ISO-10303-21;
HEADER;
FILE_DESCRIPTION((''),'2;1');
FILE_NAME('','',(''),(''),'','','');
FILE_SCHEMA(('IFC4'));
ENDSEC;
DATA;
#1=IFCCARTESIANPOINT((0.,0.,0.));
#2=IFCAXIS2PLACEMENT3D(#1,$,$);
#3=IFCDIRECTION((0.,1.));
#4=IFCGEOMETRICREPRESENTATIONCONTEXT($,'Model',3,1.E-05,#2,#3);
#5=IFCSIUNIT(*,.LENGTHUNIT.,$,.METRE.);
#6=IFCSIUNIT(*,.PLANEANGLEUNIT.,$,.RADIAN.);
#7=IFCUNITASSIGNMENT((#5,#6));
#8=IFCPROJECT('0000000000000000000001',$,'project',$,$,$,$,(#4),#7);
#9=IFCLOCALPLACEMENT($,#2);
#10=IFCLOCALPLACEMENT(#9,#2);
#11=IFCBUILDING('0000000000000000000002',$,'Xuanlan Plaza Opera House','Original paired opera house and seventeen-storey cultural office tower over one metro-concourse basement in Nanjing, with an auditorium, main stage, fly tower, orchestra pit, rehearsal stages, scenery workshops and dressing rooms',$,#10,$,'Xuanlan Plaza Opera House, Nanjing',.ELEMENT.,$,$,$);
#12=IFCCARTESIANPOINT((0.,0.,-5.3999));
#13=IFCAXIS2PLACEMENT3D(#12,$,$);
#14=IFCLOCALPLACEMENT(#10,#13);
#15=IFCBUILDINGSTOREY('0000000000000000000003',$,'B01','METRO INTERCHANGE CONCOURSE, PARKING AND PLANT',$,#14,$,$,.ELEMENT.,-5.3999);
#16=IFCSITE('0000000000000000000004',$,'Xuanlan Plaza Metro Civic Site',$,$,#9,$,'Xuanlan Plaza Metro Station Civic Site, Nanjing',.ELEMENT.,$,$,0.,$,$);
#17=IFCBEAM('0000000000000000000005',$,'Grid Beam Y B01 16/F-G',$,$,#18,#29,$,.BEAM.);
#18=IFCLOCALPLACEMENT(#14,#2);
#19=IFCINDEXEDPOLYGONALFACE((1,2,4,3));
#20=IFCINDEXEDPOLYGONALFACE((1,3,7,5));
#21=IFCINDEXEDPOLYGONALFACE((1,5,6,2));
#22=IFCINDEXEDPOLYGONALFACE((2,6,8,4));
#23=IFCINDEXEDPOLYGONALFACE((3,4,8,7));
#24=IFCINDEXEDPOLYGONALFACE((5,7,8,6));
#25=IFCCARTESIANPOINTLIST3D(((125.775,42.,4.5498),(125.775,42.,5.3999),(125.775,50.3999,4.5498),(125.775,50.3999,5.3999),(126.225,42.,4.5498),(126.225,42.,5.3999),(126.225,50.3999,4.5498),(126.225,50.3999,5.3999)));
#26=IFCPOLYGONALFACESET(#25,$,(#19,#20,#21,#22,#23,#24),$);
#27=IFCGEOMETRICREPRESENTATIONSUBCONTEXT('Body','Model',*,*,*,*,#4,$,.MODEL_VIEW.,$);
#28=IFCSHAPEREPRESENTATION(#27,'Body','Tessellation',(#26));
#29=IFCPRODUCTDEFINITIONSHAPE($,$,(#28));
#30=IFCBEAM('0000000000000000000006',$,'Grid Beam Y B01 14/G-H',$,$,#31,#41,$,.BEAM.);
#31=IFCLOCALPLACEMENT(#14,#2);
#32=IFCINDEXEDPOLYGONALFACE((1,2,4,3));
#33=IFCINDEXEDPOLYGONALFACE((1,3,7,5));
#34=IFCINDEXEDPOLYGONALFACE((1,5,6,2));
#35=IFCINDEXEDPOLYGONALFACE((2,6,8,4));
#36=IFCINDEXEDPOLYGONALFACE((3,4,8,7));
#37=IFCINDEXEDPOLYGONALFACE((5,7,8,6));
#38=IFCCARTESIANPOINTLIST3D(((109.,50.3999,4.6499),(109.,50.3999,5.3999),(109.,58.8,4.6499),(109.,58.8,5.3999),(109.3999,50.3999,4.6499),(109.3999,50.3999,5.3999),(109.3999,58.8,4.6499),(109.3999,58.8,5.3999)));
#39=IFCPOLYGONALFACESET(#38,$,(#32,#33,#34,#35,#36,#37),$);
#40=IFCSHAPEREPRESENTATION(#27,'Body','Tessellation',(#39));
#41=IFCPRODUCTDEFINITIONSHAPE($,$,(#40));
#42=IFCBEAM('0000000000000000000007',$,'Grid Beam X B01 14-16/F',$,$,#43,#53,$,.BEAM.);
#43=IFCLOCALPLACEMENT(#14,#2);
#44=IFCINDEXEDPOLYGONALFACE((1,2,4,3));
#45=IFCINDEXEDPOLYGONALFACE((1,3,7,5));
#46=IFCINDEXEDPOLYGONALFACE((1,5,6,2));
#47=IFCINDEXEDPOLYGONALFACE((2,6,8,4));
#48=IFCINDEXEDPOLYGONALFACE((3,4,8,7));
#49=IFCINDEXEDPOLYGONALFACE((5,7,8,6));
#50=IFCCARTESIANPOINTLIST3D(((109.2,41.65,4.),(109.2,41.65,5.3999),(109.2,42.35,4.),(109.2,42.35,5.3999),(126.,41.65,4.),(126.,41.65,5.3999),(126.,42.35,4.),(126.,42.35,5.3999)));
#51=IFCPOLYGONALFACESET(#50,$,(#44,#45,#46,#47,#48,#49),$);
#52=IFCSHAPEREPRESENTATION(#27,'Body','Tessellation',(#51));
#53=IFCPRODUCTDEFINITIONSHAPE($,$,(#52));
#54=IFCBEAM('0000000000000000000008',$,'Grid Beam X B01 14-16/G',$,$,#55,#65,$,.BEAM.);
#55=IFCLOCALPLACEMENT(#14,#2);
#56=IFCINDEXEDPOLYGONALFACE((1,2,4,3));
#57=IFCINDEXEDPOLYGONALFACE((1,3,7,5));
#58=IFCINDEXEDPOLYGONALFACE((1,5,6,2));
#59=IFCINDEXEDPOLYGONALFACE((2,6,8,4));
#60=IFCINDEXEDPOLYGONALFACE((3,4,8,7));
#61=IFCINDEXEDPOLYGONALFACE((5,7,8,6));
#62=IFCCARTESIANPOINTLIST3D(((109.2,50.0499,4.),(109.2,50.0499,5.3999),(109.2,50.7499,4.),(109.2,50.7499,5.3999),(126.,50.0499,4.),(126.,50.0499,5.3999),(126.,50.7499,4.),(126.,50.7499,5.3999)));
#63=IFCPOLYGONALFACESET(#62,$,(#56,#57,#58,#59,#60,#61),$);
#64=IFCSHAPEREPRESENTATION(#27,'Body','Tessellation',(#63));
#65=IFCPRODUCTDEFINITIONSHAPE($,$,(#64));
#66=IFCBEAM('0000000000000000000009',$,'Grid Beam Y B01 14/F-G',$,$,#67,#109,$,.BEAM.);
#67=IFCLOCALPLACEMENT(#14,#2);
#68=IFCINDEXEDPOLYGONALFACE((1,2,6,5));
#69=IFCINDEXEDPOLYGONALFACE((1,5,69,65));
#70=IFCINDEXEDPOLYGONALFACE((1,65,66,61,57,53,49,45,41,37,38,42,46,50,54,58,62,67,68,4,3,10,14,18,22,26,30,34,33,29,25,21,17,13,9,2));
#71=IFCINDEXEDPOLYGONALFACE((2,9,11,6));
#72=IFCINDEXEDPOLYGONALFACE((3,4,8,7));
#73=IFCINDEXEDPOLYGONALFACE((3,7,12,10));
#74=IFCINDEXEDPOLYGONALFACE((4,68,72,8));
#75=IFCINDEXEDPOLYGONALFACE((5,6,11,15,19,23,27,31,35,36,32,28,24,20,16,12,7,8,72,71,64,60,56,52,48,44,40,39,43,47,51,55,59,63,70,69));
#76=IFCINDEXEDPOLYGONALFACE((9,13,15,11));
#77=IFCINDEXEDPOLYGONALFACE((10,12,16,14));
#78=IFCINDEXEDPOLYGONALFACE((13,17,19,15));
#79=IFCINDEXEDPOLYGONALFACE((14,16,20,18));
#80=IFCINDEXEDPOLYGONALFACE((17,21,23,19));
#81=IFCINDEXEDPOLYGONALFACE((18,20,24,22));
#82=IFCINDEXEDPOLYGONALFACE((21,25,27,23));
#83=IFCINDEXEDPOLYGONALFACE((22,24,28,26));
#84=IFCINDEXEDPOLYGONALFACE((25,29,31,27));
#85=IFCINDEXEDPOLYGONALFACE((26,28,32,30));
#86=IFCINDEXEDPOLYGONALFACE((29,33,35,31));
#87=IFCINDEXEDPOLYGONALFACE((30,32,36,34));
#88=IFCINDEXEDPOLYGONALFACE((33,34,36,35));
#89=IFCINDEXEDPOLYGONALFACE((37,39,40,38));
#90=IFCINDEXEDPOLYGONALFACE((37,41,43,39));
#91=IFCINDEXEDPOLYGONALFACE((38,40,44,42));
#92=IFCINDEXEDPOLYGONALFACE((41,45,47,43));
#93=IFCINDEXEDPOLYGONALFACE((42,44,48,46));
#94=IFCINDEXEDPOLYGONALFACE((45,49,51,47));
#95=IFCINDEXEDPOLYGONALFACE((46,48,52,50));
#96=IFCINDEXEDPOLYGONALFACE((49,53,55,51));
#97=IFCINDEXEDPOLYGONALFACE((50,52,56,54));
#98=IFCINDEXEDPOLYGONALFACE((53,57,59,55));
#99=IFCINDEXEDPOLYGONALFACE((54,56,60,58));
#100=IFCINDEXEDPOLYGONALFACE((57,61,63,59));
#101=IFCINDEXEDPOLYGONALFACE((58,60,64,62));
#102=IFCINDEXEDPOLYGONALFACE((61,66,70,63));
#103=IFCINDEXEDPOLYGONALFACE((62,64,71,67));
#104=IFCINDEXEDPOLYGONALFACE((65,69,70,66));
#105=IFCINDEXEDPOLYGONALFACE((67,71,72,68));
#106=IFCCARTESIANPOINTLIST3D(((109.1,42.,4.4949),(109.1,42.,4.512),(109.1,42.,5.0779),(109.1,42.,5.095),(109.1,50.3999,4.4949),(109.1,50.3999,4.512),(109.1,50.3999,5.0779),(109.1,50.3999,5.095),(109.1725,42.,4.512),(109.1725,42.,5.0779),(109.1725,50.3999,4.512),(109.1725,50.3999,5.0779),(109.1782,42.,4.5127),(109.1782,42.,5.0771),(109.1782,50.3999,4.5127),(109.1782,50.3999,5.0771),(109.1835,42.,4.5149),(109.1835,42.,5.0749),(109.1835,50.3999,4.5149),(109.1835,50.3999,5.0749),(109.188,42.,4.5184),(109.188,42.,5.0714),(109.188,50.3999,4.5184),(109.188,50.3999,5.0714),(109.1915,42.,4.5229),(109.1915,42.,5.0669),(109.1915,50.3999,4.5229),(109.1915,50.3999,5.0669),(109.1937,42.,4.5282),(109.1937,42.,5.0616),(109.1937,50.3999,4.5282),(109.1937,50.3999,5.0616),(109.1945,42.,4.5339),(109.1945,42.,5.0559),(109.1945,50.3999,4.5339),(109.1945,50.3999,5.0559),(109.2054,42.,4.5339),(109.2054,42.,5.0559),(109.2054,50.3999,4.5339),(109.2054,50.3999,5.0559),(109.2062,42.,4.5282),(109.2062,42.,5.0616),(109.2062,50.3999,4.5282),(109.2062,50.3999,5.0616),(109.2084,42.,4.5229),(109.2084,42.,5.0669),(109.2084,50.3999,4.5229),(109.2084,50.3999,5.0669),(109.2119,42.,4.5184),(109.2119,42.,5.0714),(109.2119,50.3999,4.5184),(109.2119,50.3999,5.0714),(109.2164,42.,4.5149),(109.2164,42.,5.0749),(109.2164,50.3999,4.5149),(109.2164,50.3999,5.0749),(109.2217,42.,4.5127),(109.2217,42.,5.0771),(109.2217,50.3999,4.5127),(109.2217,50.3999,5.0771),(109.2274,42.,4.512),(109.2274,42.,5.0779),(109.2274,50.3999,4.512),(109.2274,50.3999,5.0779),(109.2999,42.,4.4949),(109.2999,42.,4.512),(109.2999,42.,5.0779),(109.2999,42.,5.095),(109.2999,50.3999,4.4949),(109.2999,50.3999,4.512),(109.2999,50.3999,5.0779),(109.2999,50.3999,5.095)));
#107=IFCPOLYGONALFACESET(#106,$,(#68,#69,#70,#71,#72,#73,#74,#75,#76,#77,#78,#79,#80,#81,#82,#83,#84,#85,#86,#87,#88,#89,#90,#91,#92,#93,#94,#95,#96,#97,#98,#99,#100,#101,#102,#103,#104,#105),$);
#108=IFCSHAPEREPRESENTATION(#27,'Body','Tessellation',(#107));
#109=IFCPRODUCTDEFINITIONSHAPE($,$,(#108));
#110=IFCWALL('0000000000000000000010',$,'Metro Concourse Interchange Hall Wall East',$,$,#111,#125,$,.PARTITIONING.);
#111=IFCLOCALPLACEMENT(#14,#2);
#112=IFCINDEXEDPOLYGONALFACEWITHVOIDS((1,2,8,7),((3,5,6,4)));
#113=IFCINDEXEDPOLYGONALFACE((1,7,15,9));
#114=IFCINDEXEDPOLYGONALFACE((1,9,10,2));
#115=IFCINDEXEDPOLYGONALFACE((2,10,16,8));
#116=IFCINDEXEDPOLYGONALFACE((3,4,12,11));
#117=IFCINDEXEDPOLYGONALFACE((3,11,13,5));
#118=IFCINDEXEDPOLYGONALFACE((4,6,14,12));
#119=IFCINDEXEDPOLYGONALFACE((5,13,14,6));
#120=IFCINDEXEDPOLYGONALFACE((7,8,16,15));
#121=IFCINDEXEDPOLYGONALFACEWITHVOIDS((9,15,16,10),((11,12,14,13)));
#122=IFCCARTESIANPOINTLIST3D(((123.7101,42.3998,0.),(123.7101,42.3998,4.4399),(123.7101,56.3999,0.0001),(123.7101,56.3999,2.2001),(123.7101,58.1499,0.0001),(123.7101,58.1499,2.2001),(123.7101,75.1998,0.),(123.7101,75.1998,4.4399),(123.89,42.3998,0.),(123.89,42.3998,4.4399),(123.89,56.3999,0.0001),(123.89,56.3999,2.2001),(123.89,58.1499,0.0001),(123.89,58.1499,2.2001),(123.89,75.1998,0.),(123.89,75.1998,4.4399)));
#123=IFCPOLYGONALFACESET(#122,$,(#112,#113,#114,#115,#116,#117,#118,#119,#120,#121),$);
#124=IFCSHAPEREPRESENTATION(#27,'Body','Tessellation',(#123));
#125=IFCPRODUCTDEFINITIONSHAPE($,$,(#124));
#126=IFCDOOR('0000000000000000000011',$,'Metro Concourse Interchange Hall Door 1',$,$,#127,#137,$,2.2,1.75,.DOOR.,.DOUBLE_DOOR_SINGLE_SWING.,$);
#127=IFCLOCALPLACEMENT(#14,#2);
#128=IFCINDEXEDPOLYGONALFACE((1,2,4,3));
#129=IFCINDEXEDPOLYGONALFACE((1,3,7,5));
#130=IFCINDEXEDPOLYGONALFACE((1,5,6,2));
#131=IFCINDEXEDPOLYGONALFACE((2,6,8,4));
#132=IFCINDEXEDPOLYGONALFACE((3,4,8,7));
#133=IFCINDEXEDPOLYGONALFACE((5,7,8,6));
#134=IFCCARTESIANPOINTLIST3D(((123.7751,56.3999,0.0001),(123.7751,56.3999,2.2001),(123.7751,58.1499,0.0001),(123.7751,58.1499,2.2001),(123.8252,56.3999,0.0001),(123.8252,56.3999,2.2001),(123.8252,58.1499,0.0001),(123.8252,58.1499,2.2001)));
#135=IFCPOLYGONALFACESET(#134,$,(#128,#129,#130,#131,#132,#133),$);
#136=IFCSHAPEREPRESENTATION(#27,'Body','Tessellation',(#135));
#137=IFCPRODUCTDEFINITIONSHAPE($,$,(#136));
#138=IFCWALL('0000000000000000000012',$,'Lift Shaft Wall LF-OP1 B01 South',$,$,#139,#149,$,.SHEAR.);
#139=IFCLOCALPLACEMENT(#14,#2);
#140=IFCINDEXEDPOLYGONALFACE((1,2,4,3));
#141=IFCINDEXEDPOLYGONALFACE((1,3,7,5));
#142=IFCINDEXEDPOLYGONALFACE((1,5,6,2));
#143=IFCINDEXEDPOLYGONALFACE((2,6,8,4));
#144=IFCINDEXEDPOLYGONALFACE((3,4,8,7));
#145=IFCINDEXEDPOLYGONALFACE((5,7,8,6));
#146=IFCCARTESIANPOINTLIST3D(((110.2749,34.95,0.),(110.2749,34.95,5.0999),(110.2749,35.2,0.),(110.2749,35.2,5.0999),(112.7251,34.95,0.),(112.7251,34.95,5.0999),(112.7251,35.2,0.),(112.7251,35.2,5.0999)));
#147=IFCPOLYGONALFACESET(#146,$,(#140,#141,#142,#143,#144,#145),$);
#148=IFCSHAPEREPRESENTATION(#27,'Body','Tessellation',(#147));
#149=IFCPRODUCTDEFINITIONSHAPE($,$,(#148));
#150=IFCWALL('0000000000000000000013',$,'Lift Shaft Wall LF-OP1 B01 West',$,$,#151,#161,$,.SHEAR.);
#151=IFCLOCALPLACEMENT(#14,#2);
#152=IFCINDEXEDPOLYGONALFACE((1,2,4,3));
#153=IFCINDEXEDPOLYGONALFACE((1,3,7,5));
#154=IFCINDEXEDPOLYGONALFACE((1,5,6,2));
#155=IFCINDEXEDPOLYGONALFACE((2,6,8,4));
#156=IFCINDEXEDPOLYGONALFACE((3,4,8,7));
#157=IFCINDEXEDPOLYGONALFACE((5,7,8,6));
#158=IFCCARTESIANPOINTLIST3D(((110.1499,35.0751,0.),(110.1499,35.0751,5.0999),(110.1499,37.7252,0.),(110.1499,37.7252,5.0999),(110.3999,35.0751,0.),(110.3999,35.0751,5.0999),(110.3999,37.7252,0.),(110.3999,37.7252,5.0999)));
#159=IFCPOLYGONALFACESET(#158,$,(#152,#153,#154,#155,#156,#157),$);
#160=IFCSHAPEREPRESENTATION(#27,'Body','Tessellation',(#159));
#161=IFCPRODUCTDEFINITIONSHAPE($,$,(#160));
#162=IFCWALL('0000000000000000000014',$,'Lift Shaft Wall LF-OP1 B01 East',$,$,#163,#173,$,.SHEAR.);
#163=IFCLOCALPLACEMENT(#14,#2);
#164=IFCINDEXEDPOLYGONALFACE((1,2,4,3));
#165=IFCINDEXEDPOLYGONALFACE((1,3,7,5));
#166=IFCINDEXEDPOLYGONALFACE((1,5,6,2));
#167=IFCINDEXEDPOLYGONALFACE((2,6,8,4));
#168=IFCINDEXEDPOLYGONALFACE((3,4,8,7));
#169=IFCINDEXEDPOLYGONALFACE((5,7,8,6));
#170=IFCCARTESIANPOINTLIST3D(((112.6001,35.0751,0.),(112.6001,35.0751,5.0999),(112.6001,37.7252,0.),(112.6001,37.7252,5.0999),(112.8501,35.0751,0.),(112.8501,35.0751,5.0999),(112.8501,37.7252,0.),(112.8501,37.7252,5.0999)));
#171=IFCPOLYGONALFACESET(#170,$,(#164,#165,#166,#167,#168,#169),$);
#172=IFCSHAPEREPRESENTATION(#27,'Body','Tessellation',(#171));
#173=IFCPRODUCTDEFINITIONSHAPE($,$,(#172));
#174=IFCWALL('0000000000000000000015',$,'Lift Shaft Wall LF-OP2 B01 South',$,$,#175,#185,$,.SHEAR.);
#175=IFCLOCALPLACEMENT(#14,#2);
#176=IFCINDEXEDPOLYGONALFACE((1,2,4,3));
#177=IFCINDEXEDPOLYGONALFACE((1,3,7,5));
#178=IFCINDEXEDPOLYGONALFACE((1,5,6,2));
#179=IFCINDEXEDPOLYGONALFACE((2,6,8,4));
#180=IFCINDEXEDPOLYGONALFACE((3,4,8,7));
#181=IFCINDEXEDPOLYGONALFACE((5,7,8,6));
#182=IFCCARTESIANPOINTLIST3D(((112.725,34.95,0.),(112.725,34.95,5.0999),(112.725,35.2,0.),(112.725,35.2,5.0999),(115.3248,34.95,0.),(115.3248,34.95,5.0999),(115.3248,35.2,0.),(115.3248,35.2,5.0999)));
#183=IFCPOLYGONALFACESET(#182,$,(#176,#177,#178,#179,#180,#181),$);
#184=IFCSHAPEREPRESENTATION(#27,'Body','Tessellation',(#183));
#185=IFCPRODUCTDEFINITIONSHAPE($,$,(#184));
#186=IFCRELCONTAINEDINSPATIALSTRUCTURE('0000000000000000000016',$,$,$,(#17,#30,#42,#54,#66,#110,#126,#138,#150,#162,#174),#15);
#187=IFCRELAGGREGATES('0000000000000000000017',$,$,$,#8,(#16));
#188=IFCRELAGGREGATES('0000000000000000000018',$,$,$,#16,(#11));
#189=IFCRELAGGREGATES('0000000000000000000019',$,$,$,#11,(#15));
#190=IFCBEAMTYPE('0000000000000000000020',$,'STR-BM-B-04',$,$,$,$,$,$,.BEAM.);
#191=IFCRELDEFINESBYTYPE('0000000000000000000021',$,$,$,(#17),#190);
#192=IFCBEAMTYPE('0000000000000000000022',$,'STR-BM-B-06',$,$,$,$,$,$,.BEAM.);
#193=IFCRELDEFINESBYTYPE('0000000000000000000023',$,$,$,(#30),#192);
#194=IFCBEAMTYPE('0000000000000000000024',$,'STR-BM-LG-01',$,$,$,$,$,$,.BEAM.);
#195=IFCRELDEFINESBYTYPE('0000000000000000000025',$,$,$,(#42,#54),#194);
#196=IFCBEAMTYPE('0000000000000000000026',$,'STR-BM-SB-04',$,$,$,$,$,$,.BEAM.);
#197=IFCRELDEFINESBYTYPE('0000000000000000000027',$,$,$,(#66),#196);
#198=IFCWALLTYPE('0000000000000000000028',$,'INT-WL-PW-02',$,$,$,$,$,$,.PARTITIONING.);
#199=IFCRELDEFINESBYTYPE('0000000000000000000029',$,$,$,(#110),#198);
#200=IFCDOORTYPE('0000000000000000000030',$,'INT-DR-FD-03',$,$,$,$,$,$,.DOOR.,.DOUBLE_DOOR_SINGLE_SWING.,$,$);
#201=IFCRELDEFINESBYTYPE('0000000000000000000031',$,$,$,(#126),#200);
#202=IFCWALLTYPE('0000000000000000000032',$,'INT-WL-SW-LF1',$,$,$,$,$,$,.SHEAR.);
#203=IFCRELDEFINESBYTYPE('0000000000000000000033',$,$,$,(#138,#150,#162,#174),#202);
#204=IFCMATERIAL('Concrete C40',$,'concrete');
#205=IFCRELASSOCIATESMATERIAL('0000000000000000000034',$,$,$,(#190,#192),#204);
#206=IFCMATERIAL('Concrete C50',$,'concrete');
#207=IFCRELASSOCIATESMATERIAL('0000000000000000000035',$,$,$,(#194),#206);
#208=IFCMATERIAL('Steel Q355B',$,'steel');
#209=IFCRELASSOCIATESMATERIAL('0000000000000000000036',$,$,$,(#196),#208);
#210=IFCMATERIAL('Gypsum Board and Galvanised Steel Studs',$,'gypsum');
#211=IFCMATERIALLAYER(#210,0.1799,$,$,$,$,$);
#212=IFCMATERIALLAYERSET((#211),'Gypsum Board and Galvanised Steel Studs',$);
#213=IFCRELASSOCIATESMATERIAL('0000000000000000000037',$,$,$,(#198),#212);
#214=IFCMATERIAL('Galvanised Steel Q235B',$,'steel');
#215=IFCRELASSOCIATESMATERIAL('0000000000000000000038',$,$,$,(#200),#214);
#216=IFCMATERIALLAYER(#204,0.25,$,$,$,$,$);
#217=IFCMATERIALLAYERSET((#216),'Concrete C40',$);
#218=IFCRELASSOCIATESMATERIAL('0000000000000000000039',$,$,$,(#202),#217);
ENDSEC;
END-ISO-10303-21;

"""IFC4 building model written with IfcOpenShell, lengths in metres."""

from ifc_helpers import new_model, si_unit, direction, frame, frame_2d, origin, origin_2d, place, context, subcontext, project, spatial, rectangle, i_section, extrude, material, layer, layer_set, material_profile, profile_set, type_object, element, fill, save


model = new_model("IFC4")

# Units and contexts
model_context = context("Model", 3, precision=1e-05, world=origin(), true_north=direction((0.0, 1.0)))
body_context = subcontext(model_context, "Body", "Model", "MODEL_VIEW")
ifc_project = project(units=[si_unit("LENGTHUNIT", "METRE"), si_unit("PLANEANGLEUNIT", "RADIAN")], contexts=[model_context])

# Site, building, storey
site_placement = place(None, origin())
site = spatial("IfcSite", under=ifc_project, at=site_placement, Name="Xuanlan Plaza Metro Civic Site", LongName="Xuanlan Plaza Metro Station Civic Site, Nanjing", CompositionType="ELEMENT", RefElevation=0.0)
building_placement = place(site_placement, origin())
building = spatial("IfcBuilding", under=site, at=building_placement, Name="Xuanlan Plaza Opera House", Description="Original paired opera house and seventeen-storey cultural office tower over one metro-concourse basement in Nanjing, with an auditorium, main stage, fly tower, orchestra pit, rehearsal stages, scenery workshops and dressing rooms", LongName="Xuanlan Plaza Opera House, Nanjing", CompositionType="ELEMENT")
storey_placement = place(building_placement, frame((0.0, 0.0, -5.3999)))
storey = spatial("IfcBuildingStorey", under=building, at=storey_placement, Name="B01", Description="METRO INTERCHANGE CONCOURSE, PARKING AND PLANT", CompositionType="ELEMENT", Elevation=-5.3999)

# Shared definitions
ifc_material_1 = material(Name="Concrete C50", Category="concrete")
ifc_material_2 = material(Name="Concrete C40", Category="concrete")

# Shared definitions
ifc_material_3 = material(Name="Steel Q355B", Category="steel")

# Beams
ifc_material_profile_1 = material_profile(ifc_material_2, rectangle(XDim=0.45, YDim=0.8501, at=origin_2d()), Name="RC-BM 450x850")
ifc_profile_set_1 = profile_set([ifc_material_profile_1], Name="Concrete C40")
beam_type_1 = type_object("IfcBeamType", Name="STR-BM-B-04", PredefinedType="BEAM", material=ifc_profile_set_1)
beam_1_placement = place(storey_placement, frame((126.0, 42.0, 4.9749), z_axis=(0.0, 1.0, 0.0), x_axis=(-1.0, 0.0, 0.0)))
element("IfcBeam", 1, at=beam_1_placement, inside=storey, type_object=beam_type_1, Name="Grid Beam Y B01 16/F-G", PredefinedType="BEAM", context=body_context, shape_type="SweptSolid", body=[
    extrude(rectangle(XDim=0.45, YDim=0.8501, at=origin_2d()), origin(), (0.0, 0.0, 1.0), 8.3999),
])
ifc_material_profile_2 = material_profile(ifc_material_2, rectangle(XDim=0.3999, YDim=0.75, at=origin_2d()), Name="RC-BM 400x750")
ifc_profile_set_2 = profile_set([ifc_material_profile_2], Name="Concrete C40")
beam_type_2 = type_object("IfcBeamType", Name="STR-BM-B-06", PredefinedType="BEAM", material=ifc_profile_set_2)
beam_2_placement = place(storey_placement, frame((109.2, 50.3999, 5.0249), z_axis=(0.0, 1.0, 0.0), x_axis=(-1.0, 0.0, 0.0)))
element("IfcBeam", 2, at=beam_2_placement, inside=storey, type_object=beam_type_2, Name="Grid Beam Y B01 14/G-H", PredefinedType="BEAM", context=body_context, shape_type="SweptSolid", body=[
    extrude(rectangle(XDim=0.3999, YDim=0.75, at=origin_2d()), origin(), (0.0, 0.0, 1.0), 8.4001),
])
ifc_material_profile_3 = material_profile(ifc_material_1, rectangle(XDim=0.7, YDim=1.3999, at=origin_2d()), Name="RC-LG 700x1400")
ifc_profile_set_3 = profile_set([ifc_material_profile_3], Name="Concrete C50")
beam_type_3 = type_object("IfcBeamType", Name="STR-BM-LG-01", PredefinedType="BEAM", material=ifc_profile_set_3)
for number, where, z_axis, x_axis, name in (
    (3, (109.2, 42.0, 4.7), (1.0, 0.0, 0.0), (0.0, 1.0, 0.0), "Grid Beam X B01 14-16/F"),
    (4, (109.2, 50.3999, 4.7), (1.0, 0.0, 0.0), (0.0, 1.0, 0.0), "Grid Beam X B01 14-16/G"),
):
    element("IfcBeam", number, at=place(storey_placement, frame(where, z_axis=z_axis, x_axis=x_axis)), inside=storey, type_object=beam_type_3, Name=name, PredefinedType="BEAM", context=body_context, shape_type="SweptSolid", body=[
        extrude(rectangle(XDim=0.7, YDim=1.3999, at=origin_2d()), origin(), (0.0, 0.0, 1.0), 16.8),
    ])
ifc_material_profile_4 = material_profile(ifc_material_3, i_section(OverallWidth=0.2, OverallDepth=0.6001, WebThickness=0.011, FlangeThickness=0.0171, FilletRadius=0.022, at=origin_2d()), Name="HN 600x200x11x17")
ifc_profile_set_4 = profile_set([ifc_material_profile_4], Name="Steel Q355B")
beam_type_4 = type_object("IfcBeamType", Name="STR-BM-SB-04", PredefinedType="BEAM", material=ifc_profile_set_4)
beam_3_placement = place(storey_placement, frame((109.2, 42.0, 4.7949), z_axis=(0.0, 1.0, 0.0), x_axis=(-1.0, 0.0, 0.0)))
element("IfcBeam", 5, at=beam_3_placement, inside=storey, type_object=beam_type_4, Name="Grid Beam Y B01 14/F-G", PredefinedType="BEAM", context=body_context, shape_type="SweptSolid", body=[
    extrude(i_section(OverallWidth=0.2, OverallDepth=0.6001, WebThickness=0.011, FlangeThickness=0.0171, FilletRadius=0.022, at=origin_2d()), origin(), (0.0, 0.0, 1.0), 8.3999),
])

# Wall, opening, door
ifc_material_4 = material(Name="Gypsum Board and Galvanised Steel Studs", Category="gypsum")
ifc_layer_1 = layer(ifc_material_4, 0.1799)
ifc_layer_set_1 = layer_set([ifc_layer_1], Name="Gypsum Board and Galvanised Steel Studs")
wall_type_1 = type_object("IfcWallType", Name="INT-WL-PW-02", PredefinedType="PARTITIONING", material=ifc_layer_set_1)
wall_1_placement = place(storey_placement, frame((123.8, 42.3999, 0.0), z_axis=(0.0, 0.0, 1.0), x_axis=(0.0, 1.0, 0.0)))
wall_1 = element("IfcWall", 6, at=wall_1_placement, inside=storey, type_object=wall_type_1, Name="Metro Concourse Interchange Hall Wall East", PredefinedType="PARTITIONING", context=body_context, shape_type="SweptSolid", body=[
    extrude(rectangle(XDim=32.8, YDim=0.1799, at=frame_2d((16.3999, 0.0))), origin(), (0.0, 0.0, 1.0), 4.4399),
])
opening_1_placement = place(wall_1_placement, frame((14.0, 0.0, 0.0)))
opening_1 = element("IfcOpeningElement", 7, at=opening_1_placement, cuts=wall_1, PredefinedType="OPENING", context=body_context, shape_type="SweptSolid", body=[
    extrude(rectangle(XDim=1.75, YDim=2.2, at=frame_2d((0.875, 1.1001))), frame((0.0, 0.0999, 0.0), z_axis=(0.0, -1.0, 0.0), x_axis=(1.0, 0.0, 0.0)), (0.0, 0.0, 1.0), 0.2),
])
ifc_material_5 = material(Name="Galvanised Steel Q235B", Category="steel")
door_type_1 = type_object("IfcDoorType", Name="INT-DR-FD-03", OperationType="DOUBLE_DOOR_SINGLE_SWING", PredefinedType="DOOR", material=ifc_material_5)
door_1_placement = place(opening_1_placement, origin())
door_1 = element("IfcDoor", 8, at=door_1_placement, inside=storey, type_object=door_type_1, Name="Metro Concourse Interchange Hall Door 1", OperationType="DOUBLE_DOOR_SINGLE_SWING", OverallHeight=2.2, OverallWidth=1.75, PredefinedType="DOOR", context=body_context, shape_type="SweptSolid", body=[
    extrude(rectangle(XDim=1.75, YDim=2.2, at=frame_2d((0.875, 1.1001))), frame((0.0, 0.0249, 0.0), z_axis=(0.0, -1.0, 0.0), x_axis=(1.0, 0.0, 0.0)), (0.0, 0.0, 1.0), 0.05),
])
fill(opening_1, door_1)

# Wall
ifc_layer_2 = layer(ifc_material_2, 0.25)
ifc_layer_set_2 = layer_set([ifc_layer_2], Name="Concrete C40")
wall_type_2 = type_object("IfcWallType", Name="INT-WL-SW-LF1", PredefinedType="SHEAR", material=ifc_layer_set_2)
wall_2_placement = place(storey_placement, frame((110.2749, 35.075, 0.0), z_axis=(0.0, 0.0, 1.0), x_axis=(1.0, 0.0, 0.0)))
element("IfcWall", 9, at=wall_2_placement, inside=storey, type_object=wall_type_2, Name="Lift Shaft Wall LF-OP1 B01 South", PredefinedType="SHEAR", context=body_context, shape_type="SweptSolid", body=[
    extrude(rectangle(XDim=2.4502, YDim=0.25, at=frame_2d((1.2251, 0.0))), origin(), (0.0, 0.0, 1.0), 5.0999),
])

# Walls
for number, where, z_axis, x_axis, name in (
    (10, (110.2749, 35.075, 0.0), (0.0, 0.0, 1.0), (0.0, 1.0, 0.0), "Lift Shaft Wall LF-OP1 B01 West"),
    (11, (112.7251, 35.075, 0.0), (0.0, 0.0, 1.0), (0.0, 1.0, 0.0), "Lift Shaft Wall LF-OP1 B01 East"),
):
    element("IfcWall", number, at=place(storey_placement, frame(where, z_axis=z_axis, x_axis=x_axis)), inside=storey, type_object=wall_type_2, Name=name, PredefinedType="SHEAR", context=body_context, shape_type="SweptSolid", body=[
        extrude(rectangle(XDim=2.6501, YDim=0.25, at=frame_2d((1.3252, 0.0))), origin(), (0.0, 0.0, 1.0), 5.0999),
    ])
wall_3_placement = place(storey_placement, frame((112.7251, 35.075, 0.0), z_axis=(0.0, 0.0, 1.0), x_axis=(1.0, 0.0, 0.0)))
element("IfcWall", 12, at=wall_3_placement, inside=storey, type_object=wall_type_2, Name="Lift Shaft Wall LF-OP2 B01 South", PredefinedType="SHEAR", context=body_context, shape_type="SweptSolid", body=[
    extrude(rectangle(XDim=2.5999, YDim=0.25, at=frame_2d((1.2998, 0.0))), origin(), (0.0, 0.0, 1.0), 5.0999),
])

save(model, "model.ifc")
